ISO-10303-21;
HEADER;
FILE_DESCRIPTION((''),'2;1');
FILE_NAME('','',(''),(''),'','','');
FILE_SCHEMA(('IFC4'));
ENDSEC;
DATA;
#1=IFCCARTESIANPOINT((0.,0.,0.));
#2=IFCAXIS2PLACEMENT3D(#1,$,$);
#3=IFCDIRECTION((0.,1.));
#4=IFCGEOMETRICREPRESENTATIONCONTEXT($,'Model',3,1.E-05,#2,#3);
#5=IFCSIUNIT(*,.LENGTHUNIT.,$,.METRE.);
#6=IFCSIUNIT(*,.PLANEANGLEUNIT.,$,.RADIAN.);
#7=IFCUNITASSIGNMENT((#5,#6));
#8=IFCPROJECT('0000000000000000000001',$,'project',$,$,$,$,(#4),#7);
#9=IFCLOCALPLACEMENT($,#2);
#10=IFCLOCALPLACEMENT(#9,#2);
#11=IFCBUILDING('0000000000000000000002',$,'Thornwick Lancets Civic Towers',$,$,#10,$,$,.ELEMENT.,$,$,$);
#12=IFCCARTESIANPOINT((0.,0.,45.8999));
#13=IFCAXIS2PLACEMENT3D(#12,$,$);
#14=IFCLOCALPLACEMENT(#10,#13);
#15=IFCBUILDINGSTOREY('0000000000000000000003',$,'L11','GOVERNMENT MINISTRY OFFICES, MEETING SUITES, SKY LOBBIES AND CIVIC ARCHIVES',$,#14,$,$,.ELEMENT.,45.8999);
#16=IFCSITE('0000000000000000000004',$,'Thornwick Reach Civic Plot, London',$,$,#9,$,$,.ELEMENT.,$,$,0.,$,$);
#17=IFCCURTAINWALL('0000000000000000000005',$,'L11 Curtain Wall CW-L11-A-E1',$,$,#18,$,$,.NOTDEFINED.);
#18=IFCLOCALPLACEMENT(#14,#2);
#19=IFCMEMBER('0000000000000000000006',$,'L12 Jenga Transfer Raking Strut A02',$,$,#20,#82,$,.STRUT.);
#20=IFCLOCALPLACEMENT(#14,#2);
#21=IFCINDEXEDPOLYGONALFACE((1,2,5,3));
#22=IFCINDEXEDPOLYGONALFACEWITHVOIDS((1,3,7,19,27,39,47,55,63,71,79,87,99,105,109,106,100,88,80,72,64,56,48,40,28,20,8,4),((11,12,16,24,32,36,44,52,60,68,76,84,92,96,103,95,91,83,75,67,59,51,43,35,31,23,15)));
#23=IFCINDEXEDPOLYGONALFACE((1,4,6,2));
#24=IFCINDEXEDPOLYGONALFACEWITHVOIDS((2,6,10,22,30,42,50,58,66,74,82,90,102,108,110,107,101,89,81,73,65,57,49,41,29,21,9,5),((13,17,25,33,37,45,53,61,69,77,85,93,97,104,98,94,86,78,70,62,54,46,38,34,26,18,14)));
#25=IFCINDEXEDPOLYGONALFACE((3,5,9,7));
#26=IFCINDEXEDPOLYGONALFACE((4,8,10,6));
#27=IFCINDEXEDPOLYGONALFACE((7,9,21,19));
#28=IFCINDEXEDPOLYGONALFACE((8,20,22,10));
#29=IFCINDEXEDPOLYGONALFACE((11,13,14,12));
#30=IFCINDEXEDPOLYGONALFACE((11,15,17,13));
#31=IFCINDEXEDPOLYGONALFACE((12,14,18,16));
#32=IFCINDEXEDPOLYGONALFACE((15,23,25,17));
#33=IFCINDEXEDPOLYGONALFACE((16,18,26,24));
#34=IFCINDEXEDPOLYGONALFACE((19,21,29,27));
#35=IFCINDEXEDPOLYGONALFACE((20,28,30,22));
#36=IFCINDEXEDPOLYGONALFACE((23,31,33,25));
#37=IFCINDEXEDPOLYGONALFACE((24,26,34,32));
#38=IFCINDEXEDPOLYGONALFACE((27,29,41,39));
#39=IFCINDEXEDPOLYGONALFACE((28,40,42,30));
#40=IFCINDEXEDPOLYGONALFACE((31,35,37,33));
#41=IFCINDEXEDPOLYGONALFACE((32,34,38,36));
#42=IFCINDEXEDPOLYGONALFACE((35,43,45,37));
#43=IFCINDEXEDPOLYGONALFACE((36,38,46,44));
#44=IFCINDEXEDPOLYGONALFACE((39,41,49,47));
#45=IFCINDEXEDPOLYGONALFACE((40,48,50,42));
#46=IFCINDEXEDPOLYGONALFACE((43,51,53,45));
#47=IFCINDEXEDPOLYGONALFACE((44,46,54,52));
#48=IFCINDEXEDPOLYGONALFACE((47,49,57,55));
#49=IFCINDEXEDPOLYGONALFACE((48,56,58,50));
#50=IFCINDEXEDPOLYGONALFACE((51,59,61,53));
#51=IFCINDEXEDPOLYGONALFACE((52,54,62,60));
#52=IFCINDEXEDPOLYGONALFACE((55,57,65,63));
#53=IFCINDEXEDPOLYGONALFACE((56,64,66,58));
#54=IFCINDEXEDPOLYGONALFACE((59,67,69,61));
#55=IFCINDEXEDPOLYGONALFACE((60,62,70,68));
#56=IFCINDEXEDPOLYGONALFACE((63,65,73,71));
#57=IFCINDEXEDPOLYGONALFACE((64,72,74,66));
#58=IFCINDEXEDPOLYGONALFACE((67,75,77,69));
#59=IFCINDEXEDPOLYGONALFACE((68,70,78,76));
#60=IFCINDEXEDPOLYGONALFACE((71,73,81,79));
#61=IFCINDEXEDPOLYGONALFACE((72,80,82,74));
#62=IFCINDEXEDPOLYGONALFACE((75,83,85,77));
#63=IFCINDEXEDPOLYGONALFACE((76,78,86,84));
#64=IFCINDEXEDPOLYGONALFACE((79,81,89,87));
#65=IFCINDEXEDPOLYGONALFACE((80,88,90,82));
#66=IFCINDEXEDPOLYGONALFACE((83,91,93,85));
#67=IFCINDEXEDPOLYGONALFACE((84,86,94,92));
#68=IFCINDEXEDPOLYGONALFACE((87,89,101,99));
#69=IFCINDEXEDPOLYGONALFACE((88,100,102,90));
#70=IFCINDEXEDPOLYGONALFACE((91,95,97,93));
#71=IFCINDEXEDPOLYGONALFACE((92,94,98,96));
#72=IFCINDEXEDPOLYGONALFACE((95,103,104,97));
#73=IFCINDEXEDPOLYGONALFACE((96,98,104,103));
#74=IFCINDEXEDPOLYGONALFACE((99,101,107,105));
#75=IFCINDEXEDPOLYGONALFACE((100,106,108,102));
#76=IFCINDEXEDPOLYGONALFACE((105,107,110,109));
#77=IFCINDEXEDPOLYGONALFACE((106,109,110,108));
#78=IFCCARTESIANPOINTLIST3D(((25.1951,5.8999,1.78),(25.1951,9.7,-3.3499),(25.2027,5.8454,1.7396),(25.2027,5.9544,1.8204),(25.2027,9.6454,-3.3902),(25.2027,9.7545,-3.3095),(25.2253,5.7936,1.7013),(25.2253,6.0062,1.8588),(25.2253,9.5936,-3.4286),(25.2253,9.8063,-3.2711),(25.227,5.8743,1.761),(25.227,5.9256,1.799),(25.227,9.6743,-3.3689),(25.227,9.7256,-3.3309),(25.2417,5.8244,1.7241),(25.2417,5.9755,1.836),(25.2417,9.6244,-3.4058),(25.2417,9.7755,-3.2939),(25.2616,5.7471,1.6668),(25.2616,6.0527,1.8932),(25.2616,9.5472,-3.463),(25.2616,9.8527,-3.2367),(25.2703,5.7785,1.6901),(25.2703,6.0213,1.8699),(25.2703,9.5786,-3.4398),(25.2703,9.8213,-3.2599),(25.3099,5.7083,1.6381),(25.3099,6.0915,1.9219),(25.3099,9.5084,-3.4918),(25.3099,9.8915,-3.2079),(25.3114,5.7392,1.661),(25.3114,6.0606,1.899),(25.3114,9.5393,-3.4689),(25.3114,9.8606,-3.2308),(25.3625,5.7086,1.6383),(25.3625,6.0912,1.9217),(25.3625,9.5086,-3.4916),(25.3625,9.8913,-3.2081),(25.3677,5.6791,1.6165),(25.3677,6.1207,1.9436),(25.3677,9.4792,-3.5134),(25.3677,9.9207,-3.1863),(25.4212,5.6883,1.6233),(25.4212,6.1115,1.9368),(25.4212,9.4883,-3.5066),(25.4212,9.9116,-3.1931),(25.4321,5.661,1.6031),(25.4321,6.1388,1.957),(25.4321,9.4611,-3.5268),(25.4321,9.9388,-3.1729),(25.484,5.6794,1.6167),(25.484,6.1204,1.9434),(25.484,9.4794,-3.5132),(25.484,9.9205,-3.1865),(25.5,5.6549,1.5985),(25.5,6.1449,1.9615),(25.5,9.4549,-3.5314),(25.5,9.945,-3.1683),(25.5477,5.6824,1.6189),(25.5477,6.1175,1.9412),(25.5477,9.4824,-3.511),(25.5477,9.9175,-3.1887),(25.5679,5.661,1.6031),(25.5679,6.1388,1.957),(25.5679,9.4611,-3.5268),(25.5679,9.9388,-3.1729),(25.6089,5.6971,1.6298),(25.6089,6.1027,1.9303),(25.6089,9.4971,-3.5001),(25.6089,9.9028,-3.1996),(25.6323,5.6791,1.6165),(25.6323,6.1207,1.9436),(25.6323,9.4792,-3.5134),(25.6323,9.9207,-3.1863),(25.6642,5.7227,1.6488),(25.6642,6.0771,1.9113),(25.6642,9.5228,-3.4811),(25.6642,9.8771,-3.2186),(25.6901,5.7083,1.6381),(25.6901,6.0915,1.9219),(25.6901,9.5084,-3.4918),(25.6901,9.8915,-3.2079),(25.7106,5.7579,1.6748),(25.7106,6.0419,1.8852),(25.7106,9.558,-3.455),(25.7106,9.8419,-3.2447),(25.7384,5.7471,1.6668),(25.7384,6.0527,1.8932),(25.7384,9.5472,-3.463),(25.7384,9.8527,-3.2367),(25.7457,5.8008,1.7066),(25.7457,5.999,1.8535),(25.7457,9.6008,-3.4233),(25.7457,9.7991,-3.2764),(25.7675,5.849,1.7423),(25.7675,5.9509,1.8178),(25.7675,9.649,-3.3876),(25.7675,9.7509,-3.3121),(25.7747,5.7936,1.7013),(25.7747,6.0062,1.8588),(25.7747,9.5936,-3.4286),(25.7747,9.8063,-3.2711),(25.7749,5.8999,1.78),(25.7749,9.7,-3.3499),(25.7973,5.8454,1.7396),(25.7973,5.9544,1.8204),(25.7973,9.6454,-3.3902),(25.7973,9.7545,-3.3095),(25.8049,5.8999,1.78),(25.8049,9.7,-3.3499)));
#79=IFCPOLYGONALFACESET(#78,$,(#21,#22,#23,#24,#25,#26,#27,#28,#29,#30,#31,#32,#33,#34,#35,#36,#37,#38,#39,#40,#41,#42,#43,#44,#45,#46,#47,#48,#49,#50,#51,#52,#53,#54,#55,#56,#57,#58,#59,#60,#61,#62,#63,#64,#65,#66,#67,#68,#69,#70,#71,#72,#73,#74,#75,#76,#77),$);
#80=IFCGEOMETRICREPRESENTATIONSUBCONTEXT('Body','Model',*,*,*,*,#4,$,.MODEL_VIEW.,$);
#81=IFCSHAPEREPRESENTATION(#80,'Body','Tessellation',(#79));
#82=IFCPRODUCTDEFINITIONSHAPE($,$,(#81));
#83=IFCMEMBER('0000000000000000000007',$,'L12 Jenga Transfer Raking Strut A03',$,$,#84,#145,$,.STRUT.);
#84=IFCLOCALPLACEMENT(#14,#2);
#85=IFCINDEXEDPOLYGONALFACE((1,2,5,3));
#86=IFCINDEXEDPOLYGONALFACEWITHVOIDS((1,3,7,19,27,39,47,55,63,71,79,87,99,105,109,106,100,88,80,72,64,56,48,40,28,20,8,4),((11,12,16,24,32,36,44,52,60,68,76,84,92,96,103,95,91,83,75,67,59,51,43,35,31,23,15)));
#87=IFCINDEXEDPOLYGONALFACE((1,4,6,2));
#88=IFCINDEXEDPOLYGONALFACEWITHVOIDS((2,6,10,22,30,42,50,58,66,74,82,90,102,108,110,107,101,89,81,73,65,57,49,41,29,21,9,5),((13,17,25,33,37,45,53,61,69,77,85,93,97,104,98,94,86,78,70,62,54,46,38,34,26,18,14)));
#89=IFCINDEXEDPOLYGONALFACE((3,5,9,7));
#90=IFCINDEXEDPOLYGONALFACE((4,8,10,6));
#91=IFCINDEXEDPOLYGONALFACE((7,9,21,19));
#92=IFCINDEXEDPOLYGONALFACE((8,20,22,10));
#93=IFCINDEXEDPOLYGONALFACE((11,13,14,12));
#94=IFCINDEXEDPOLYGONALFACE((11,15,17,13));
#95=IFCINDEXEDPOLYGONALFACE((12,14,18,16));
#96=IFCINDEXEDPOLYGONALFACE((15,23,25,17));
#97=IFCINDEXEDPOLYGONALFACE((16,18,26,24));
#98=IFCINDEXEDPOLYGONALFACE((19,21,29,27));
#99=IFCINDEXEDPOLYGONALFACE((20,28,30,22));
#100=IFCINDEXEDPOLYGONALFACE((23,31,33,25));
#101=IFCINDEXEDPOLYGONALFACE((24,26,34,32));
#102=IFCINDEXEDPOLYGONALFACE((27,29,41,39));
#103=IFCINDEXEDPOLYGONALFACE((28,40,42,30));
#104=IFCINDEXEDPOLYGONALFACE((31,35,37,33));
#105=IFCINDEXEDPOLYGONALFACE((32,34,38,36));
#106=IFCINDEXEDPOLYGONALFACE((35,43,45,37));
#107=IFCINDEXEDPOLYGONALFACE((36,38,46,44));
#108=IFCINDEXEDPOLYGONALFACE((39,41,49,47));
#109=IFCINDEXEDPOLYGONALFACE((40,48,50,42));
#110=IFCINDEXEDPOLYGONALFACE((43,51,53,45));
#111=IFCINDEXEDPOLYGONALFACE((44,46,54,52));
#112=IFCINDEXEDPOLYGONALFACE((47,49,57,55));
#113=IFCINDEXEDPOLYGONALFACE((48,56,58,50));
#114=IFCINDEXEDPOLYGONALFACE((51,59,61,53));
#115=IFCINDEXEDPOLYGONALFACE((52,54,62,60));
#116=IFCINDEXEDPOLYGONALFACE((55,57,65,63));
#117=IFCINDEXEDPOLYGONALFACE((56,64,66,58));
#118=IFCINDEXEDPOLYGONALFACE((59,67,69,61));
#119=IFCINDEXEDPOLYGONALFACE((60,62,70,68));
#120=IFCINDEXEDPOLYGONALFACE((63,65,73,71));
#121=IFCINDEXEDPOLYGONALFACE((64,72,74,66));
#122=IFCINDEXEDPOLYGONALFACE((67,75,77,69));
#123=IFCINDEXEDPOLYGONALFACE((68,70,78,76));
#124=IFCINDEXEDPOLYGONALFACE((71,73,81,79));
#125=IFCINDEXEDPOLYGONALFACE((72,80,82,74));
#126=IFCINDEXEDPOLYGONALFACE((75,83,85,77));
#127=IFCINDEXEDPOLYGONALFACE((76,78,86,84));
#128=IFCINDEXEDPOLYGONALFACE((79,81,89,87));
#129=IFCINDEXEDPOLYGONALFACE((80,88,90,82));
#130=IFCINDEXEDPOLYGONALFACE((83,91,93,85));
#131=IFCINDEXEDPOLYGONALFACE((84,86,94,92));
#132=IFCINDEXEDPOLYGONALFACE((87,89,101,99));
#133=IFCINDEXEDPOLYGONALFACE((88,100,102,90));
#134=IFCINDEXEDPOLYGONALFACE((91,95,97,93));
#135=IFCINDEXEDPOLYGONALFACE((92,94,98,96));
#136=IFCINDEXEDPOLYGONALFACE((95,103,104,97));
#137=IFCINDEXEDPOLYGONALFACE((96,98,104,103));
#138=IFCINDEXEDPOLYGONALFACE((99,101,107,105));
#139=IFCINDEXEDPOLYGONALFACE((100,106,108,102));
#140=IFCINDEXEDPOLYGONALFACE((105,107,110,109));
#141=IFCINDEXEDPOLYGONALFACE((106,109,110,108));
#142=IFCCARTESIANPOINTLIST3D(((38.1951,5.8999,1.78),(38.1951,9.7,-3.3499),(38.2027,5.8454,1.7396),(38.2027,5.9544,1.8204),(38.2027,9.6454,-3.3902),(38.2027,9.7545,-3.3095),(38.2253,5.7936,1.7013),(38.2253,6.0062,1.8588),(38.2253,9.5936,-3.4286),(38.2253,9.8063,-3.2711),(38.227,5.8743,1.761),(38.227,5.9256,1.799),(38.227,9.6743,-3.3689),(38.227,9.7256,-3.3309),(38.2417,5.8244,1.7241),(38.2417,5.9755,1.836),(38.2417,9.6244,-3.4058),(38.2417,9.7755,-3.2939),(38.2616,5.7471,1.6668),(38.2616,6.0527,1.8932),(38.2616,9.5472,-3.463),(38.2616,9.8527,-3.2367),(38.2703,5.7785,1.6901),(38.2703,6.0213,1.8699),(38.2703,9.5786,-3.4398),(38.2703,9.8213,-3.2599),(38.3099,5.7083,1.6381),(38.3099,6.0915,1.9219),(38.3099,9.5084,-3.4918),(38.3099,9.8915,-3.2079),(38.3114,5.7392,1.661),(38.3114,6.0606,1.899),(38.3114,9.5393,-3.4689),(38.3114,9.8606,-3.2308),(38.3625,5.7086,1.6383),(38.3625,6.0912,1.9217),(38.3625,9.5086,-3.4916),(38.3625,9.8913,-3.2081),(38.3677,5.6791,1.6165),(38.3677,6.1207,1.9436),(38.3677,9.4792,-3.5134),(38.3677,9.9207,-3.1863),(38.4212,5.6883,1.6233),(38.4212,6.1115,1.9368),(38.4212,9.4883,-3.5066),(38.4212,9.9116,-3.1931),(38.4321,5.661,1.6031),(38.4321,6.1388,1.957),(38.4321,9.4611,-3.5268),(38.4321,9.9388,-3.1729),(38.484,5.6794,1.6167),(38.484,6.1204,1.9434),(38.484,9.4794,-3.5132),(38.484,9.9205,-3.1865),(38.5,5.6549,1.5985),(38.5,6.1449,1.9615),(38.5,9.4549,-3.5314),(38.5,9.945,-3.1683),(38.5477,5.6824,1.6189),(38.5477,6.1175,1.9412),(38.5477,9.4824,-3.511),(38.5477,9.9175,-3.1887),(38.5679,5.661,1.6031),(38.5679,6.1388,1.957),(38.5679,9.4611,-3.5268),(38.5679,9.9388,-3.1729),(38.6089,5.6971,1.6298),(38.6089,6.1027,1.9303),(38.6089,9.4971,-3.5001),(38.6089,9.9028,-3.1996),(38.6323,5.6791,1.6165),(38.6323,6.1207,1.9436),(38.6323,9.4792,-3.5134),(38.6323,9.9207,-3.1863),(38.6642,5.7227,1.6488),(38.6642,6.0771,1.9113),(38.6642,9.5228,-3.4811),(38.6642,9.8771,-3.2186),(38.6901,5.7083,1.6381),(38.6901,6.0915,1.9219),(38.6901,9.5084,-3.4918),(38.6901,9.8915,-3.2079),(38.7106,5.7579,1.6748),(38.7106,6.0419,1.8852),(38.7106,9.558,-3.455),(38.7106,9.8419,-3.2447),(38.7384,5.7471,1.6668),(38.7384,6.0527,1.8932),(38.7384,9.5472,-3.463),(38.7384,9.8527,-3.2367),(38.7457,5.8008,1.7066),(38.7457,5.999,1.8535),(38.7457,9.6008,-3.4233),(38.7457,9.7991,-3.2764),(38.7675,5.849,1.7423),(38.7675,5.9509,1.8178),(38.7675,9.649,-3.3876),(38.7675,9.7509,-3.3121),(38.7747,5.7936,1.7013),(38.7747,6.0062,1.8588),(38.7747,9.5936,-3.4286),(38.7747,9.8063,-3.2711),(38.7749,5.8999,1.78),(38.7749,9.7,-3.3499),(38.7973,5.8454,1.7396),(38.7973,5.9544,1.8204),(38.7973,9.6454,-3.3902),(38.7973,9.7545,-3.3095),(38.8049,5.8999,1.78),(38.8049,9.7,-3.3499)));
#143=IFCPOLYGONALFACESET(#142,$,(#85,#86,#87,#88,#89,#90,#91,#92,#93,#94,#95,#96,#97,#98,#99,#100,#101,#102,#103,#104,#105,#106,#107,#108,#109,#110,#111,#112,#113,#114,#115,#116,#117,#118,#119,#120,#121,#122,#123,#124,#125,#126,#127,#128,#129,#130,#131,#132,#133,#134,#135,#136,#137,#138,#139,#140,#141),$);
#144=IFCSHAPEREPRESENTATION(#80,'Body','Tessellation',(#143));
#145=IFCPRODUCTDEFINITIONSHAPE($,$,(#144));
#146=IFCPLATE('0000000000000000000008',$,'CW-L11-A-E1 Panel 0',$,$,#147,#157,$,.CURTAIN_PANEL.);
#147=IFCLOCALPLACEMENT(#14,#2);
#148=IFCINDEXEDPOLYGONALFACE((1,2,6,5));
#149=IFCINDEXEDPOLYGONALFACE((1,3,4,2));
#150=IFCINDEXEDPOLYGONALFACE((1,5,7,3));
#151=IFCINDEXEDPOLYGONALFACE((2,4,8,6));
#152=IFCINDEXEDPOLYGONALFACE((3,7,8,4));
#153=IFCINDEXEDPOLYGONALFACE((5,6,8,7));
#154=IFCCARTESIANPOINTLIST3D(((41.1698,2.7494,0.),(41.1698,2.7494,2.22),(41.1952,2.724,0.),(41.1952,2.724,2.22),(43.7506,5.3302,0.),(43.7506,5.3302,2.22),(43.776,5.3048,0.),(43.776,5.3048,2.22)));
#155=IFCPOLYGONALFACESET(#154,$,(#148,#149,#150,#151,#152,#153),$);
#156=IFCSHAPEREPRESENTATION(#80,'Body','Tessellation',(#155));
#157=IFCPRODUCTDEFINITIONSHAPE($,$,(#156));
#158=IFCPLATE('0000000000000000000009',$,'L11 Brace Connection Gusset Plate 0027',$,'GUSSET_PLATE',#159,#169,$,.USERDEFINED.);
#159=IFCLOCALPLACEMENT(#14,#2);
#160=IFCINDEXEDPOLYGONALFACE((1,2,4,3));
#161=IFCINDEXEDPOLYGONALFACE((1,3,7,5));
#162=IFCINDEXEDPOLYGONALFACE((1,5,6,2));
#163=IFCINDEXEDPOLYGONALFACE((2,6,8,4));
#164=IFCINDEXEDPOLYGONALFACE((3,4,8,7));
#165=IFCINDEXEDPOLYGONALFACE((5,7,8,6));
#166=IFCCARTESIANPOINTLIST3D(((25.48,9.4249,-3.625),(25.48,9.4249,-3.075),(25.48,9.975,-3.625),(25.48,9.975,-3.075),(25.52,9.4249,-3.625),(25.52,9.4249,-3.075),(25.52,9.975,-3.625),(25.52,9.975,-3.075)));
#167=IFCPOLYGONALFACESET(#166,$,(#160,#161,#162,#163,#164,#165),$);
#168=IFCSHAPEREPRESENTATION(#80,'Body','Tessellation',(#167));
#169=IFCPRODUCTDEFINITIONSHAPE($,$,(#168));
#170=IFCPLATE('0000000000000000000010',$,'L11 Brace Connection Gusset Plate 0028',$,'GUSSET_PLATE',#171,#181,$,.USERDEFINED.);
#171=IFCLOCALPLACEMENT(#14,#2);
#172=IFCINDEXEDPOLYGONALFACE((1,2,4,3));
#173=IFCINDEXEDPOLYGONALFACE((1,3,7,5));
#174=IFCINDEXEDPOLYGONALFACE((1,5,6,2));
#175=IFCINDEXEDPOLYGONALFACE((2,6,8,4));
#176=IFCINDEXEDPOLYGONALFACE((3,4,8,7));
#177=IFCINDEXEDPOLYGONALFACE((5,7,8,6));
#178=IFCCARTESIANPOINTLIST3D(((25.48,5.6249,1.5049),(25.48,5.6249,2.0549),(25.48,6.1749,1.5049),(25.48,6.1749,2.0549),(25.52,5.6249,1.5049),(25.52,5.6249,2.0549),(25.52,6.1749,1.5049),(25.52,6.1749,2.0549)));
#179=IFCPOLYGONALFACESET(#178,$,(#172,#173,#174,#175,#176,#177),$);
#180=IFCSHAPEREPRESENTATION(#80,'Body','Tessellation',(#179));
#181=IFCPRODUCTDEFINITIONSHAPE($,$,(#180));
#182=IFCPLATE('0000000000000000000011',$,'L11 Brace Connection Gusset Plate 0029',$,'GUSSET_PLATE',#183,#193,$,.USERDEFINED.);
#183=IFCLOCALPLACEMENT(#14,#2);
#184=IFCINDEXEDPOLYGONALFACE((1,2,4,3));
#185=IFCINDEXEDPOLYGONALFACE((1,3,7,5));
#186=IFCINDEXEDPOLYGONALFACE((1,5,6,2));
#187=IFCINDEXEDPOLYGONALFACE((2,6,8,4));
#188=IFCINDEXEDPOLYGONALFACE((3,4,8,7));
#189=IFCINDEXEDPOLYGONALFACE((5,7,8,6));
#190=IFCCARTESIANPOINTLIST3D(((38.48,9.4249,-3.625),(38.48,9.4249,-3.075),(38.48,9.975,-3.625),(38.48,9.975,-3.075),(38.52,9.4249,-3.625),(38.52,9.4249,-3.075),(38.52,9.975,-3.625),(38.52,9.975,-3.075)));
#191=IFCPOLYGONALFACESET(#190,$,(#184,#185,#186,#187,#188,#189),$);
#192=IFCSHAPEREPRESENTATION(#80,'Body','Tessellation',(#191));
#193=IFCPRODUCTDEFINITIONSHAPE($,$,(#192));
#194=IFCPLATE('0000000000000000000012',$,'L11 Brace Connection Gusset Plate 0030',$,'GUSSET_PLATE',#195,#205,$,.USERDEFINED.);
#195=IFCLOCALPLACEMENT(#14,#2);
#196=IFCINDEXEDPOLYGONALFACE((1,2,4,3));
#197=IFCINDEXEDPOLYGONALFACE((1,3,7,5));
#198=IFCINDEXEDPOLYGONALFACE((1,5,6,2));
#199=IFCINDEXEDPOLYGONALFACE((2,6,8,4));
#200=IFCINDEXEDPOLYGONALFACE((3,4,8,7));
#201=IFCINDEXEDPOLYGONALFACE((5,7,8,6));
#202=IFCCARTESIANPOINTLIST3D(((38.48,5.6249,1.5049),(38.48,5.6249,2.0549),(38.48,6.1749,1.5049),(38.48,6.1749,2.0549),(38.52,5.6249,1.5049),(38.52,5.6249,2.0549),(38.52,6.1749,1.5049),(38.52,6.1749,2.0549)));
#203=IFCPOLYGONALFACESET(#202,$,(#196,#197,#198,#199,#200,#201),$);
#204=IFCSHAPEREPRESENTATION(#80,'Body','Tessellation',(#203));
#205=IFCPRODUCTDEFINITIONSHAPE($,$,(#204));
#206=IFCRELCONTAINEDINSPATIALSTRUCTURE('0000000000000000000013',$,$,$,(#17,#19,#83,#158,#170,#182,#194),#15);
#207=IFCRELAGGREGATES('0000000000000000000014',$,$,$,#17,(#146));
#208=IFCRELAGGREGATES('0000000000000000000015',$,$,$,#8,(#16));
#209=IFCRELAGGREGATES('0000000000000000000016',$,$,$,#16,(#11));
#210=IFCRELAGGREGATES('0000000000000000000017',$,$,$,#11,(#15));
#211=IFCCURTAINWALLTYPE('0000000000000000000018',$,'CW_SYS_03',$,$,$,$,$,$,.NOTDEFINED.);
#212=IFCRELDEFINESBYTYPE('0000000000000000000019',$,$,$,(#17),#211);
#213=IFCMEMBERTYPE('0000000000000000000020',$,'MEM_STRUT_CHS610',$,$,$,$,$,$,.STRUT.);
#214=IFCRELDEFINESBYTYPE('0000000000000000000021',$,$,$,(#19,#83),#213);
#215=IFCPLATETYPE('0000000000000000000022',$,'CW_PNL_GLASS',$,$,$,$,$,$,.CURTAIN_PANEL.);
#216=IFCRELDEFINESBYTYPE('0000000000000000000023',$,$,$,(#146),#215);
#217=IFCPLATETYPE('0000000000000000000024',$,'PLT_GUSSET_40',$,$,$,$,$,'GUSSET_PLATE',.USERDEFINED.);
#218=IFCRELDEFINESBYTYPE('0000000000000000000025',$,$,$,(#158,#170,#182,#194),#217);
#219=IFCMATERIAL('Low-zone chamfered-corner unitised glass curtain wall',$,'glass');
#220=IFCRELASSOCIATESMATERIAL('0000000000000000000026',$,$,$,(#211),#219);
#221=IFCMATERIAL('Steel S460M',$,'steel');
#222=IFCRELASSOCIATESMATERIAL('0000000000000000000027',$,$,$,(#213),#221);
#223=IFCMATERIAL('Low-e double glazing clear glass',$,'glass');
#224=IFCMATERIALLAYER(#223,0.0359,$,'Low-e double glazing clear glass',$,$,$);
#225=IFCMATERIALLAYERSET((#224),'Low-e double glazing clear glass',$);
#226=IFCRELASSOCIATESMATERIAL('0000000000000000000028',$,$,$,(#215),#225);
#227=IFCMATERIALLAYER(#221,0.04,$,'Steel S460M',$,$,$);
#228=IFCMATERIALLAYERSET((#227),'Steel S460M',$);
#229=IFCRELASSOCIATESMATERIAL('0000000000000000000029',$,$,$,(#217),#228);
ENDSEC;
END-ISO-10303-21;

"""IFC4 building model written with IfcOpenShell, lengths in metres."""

from ifc_helpers import new_model, si_unit, direction, frame, origin, origin_2d, place, context, subcontext, project, spatial, rectangle, hollow_circle, extrude, material, layer, layer_set, material_profile, profile_set, type_object, element, aggregate, save


model = new_model("IFC4")

# Units and contexts
model_context = context("Model", 3, precision=1e-05, world=origin(), true_north=direction((0.0, 1.0)))
body_context = subcontext(model_context, "Body", "Model", "MODEL_VIEW")
ifc_project = project(units=[si_unit("LENGTHUNIT", "METRE"), si_unit("PLANEANGLEUNIT", "RADIAN")], contexts=[model_context])

# Site, building, storey
site_placement = place(None, origin())
site = spatial("IfcSite", under=ifc_project, at=site_placement, Name="Thornwick Reach Civic Plot, London", CompositionType="ELEMENT", RefElevation=0.0)
building_placement = place(site_placement, origin())
building = spatial("IfcBuilding", under=site, at=building_placement, Name="Thornwick Lancets Civic Towers", CompositionType="ELEMENT")
storey_placement = place(building_placement, frame((0.0, 0.0, 45.8999)))
storey = spatial("IfcBuildingStorey", under=building, at=storey_placement, Name="L11", Description="GOVERNMENT MINISTRY OFFICES, MEETING SUITES, SKY LOBBIES AND CIVIC ARCHIVES", CompositionType="ELEMENT", Elevation=45.8999)

# Shared definitions
ifc_material_1 = material(Name="Steel S460M", Category="steel")

# Curtain wall
ifc_material_2 = material(Name="Low-zone chamfered-corner unitised glass curtain wall", Category="glass")
curtain_wall_type = type_object("IfcCurtainWallType", Name="CW_SYS_03", PredefinedType="NOTDEFINED", material=ifc_material_2)
curtain_wall_placement = place(storey_placement, origin())
curtain_wall = element("IfcCurtainWall", 1, at=curtain_wall_placement, inside=storey, type_object=curtain_wall_type, Name="L11 Curtain Wall CW-L11-A-E1", PredefinedType="NOTDEFINED")

# Members
ifc_material_profile_1 = material_profile(ifc_material_1, hollow_circle(Radius=0.3049, WallThickness=0.03, at=origin_2d()), Name="CHS 610x30")
ifc_profile_set_1 = profile_set([ifc_material_profile_1], Name="Steel S460M")
member_type_1 = type_object("IfcMemberType", Name="MEM_STRUT_CHS610", PredefinedType="STRUT", material=ifc_profile_set_1)
for number, where, z_axis, x_axis, name in (
    (2, (25.5, 9.7, -3.3499), (0.0, -0.595241, 0.803547), (1.0, 0.0, 0.0), "L12 Jenga Transfer Raking Strut A02"),
    (3, (38.5, 9.7, -3.3499), (0.0, -0.595241, 0.803547), (1.0, 0.0, 0.0), "L12 Jenga Transfer Raking Strut A03"),
):
    element("IfcMember", number, at=place(storey_placement, frame(where, z_axis=z_axis, x_axis=x_axis)), inside=storey, type_object=member_type_1, Name=name, PredefinedType="STRUT", context=body_context, shape_type="SweptSolid", body=[
        extrude(hollow_circle(Radius=0.3049, WallThickness=0.03, at=origin_2d()), origin(), (0.0, 0.0, 1.0), 6.384),
    ])

# Plate
ifc_material_3 = material(Name="Low-e double glazing clear glass", Category="glass")
ifc_layer_1 = layer(ifc_material_3, 0.0359, Name="Low-e double glazing clear glass")
ifc_layer_set_1 = layer_set([ifc_layer_1], Name="Low-e double glazing clear glass")
plate_type_1 = type_object("IfcPlateType", Name="CW_PNL_GLASS", PredefinedType="CURTAIN_PANEL", material=ifc_layer_set_1)
plate_placement = place(storey_placement, frame((42.4729, 4.0271, 0.0), z_axis=(0.0, 0.0, 1.0), x_axis=(0.707107, 0.707107, 0.0)))
plate = element("IfcPlate", 4, at=plate_placement, type_object=plate_type_1, Name="CW-L11-A-E1 Panel 0", PredefinedType="CURTAIN_PANEL", context=body_context, shape_type="SweptSolid", body=[
    extrude(rectangle(XDim=3.6499, YDim=0.0359, at=origin_2d()), origin(), (0.0, 0.0, 1.0), 2.22),
])
aggregate(curtain_wall, [plate])

# Plates
ifc_layer_2 = layer(ifc_material_1, 0.04, Name="Steel S460M")
ifc_layer_set_2 = layer_set([ifc_layer_2], Name="Steel S460M")
plate_type_2 = type_object("IfcPlateType", Name="PLT_GUSSET_40", ElementType="GUSSET_PLATE", PredefinedType="USERDEFINED", material=ifc_layer_set_2)
for number, where, z_axis, x_axis, name in (
    (5, (25.5, 9.7, -3.625), (0.0, 0.0, 1.0), (0.0, -1.0, 0.0), "L11 Brace Connection Gusset Plate 0027"),
    (6, (25.5, 5.8999, 1.5049), (0.0, 0.0, 1.0), (0.0, -1.0, 0.0), "L11 Brace Connection Gusset Plate 0028"),
    (7, (38.5, 9.7, -3.625), (0.0, 0.0, 1.0), (0.0, -1.0, 0.0), "L11 Brace Connection Gusset Plate 0029"),
    (8, (38.5, 5.8999, 1.5049), (0.0, 0.0, 1.0), (0.0, -1.0, 0.0), "L11 Brace Connection Gusset Plate 0030"),
):
    element("IfcPlate", number, at=place(storey_placement, frame(where, z_axis=z_axis, x_axis=x_axis)), inside=storey, type_object=plate_type_2, Name=name, ObjectType="GUSSET_PLATE", PredefinedType="USERDEFINED", context=body_context, shape_type="SweptSolid", body=[
        extrude(rectangle(XDim=0.55, YDim=0.04, at=origin_2d()), origin(), (0.0, 0.0, 1.0), 0.55),
    ])

save(model, "model.ifc")
